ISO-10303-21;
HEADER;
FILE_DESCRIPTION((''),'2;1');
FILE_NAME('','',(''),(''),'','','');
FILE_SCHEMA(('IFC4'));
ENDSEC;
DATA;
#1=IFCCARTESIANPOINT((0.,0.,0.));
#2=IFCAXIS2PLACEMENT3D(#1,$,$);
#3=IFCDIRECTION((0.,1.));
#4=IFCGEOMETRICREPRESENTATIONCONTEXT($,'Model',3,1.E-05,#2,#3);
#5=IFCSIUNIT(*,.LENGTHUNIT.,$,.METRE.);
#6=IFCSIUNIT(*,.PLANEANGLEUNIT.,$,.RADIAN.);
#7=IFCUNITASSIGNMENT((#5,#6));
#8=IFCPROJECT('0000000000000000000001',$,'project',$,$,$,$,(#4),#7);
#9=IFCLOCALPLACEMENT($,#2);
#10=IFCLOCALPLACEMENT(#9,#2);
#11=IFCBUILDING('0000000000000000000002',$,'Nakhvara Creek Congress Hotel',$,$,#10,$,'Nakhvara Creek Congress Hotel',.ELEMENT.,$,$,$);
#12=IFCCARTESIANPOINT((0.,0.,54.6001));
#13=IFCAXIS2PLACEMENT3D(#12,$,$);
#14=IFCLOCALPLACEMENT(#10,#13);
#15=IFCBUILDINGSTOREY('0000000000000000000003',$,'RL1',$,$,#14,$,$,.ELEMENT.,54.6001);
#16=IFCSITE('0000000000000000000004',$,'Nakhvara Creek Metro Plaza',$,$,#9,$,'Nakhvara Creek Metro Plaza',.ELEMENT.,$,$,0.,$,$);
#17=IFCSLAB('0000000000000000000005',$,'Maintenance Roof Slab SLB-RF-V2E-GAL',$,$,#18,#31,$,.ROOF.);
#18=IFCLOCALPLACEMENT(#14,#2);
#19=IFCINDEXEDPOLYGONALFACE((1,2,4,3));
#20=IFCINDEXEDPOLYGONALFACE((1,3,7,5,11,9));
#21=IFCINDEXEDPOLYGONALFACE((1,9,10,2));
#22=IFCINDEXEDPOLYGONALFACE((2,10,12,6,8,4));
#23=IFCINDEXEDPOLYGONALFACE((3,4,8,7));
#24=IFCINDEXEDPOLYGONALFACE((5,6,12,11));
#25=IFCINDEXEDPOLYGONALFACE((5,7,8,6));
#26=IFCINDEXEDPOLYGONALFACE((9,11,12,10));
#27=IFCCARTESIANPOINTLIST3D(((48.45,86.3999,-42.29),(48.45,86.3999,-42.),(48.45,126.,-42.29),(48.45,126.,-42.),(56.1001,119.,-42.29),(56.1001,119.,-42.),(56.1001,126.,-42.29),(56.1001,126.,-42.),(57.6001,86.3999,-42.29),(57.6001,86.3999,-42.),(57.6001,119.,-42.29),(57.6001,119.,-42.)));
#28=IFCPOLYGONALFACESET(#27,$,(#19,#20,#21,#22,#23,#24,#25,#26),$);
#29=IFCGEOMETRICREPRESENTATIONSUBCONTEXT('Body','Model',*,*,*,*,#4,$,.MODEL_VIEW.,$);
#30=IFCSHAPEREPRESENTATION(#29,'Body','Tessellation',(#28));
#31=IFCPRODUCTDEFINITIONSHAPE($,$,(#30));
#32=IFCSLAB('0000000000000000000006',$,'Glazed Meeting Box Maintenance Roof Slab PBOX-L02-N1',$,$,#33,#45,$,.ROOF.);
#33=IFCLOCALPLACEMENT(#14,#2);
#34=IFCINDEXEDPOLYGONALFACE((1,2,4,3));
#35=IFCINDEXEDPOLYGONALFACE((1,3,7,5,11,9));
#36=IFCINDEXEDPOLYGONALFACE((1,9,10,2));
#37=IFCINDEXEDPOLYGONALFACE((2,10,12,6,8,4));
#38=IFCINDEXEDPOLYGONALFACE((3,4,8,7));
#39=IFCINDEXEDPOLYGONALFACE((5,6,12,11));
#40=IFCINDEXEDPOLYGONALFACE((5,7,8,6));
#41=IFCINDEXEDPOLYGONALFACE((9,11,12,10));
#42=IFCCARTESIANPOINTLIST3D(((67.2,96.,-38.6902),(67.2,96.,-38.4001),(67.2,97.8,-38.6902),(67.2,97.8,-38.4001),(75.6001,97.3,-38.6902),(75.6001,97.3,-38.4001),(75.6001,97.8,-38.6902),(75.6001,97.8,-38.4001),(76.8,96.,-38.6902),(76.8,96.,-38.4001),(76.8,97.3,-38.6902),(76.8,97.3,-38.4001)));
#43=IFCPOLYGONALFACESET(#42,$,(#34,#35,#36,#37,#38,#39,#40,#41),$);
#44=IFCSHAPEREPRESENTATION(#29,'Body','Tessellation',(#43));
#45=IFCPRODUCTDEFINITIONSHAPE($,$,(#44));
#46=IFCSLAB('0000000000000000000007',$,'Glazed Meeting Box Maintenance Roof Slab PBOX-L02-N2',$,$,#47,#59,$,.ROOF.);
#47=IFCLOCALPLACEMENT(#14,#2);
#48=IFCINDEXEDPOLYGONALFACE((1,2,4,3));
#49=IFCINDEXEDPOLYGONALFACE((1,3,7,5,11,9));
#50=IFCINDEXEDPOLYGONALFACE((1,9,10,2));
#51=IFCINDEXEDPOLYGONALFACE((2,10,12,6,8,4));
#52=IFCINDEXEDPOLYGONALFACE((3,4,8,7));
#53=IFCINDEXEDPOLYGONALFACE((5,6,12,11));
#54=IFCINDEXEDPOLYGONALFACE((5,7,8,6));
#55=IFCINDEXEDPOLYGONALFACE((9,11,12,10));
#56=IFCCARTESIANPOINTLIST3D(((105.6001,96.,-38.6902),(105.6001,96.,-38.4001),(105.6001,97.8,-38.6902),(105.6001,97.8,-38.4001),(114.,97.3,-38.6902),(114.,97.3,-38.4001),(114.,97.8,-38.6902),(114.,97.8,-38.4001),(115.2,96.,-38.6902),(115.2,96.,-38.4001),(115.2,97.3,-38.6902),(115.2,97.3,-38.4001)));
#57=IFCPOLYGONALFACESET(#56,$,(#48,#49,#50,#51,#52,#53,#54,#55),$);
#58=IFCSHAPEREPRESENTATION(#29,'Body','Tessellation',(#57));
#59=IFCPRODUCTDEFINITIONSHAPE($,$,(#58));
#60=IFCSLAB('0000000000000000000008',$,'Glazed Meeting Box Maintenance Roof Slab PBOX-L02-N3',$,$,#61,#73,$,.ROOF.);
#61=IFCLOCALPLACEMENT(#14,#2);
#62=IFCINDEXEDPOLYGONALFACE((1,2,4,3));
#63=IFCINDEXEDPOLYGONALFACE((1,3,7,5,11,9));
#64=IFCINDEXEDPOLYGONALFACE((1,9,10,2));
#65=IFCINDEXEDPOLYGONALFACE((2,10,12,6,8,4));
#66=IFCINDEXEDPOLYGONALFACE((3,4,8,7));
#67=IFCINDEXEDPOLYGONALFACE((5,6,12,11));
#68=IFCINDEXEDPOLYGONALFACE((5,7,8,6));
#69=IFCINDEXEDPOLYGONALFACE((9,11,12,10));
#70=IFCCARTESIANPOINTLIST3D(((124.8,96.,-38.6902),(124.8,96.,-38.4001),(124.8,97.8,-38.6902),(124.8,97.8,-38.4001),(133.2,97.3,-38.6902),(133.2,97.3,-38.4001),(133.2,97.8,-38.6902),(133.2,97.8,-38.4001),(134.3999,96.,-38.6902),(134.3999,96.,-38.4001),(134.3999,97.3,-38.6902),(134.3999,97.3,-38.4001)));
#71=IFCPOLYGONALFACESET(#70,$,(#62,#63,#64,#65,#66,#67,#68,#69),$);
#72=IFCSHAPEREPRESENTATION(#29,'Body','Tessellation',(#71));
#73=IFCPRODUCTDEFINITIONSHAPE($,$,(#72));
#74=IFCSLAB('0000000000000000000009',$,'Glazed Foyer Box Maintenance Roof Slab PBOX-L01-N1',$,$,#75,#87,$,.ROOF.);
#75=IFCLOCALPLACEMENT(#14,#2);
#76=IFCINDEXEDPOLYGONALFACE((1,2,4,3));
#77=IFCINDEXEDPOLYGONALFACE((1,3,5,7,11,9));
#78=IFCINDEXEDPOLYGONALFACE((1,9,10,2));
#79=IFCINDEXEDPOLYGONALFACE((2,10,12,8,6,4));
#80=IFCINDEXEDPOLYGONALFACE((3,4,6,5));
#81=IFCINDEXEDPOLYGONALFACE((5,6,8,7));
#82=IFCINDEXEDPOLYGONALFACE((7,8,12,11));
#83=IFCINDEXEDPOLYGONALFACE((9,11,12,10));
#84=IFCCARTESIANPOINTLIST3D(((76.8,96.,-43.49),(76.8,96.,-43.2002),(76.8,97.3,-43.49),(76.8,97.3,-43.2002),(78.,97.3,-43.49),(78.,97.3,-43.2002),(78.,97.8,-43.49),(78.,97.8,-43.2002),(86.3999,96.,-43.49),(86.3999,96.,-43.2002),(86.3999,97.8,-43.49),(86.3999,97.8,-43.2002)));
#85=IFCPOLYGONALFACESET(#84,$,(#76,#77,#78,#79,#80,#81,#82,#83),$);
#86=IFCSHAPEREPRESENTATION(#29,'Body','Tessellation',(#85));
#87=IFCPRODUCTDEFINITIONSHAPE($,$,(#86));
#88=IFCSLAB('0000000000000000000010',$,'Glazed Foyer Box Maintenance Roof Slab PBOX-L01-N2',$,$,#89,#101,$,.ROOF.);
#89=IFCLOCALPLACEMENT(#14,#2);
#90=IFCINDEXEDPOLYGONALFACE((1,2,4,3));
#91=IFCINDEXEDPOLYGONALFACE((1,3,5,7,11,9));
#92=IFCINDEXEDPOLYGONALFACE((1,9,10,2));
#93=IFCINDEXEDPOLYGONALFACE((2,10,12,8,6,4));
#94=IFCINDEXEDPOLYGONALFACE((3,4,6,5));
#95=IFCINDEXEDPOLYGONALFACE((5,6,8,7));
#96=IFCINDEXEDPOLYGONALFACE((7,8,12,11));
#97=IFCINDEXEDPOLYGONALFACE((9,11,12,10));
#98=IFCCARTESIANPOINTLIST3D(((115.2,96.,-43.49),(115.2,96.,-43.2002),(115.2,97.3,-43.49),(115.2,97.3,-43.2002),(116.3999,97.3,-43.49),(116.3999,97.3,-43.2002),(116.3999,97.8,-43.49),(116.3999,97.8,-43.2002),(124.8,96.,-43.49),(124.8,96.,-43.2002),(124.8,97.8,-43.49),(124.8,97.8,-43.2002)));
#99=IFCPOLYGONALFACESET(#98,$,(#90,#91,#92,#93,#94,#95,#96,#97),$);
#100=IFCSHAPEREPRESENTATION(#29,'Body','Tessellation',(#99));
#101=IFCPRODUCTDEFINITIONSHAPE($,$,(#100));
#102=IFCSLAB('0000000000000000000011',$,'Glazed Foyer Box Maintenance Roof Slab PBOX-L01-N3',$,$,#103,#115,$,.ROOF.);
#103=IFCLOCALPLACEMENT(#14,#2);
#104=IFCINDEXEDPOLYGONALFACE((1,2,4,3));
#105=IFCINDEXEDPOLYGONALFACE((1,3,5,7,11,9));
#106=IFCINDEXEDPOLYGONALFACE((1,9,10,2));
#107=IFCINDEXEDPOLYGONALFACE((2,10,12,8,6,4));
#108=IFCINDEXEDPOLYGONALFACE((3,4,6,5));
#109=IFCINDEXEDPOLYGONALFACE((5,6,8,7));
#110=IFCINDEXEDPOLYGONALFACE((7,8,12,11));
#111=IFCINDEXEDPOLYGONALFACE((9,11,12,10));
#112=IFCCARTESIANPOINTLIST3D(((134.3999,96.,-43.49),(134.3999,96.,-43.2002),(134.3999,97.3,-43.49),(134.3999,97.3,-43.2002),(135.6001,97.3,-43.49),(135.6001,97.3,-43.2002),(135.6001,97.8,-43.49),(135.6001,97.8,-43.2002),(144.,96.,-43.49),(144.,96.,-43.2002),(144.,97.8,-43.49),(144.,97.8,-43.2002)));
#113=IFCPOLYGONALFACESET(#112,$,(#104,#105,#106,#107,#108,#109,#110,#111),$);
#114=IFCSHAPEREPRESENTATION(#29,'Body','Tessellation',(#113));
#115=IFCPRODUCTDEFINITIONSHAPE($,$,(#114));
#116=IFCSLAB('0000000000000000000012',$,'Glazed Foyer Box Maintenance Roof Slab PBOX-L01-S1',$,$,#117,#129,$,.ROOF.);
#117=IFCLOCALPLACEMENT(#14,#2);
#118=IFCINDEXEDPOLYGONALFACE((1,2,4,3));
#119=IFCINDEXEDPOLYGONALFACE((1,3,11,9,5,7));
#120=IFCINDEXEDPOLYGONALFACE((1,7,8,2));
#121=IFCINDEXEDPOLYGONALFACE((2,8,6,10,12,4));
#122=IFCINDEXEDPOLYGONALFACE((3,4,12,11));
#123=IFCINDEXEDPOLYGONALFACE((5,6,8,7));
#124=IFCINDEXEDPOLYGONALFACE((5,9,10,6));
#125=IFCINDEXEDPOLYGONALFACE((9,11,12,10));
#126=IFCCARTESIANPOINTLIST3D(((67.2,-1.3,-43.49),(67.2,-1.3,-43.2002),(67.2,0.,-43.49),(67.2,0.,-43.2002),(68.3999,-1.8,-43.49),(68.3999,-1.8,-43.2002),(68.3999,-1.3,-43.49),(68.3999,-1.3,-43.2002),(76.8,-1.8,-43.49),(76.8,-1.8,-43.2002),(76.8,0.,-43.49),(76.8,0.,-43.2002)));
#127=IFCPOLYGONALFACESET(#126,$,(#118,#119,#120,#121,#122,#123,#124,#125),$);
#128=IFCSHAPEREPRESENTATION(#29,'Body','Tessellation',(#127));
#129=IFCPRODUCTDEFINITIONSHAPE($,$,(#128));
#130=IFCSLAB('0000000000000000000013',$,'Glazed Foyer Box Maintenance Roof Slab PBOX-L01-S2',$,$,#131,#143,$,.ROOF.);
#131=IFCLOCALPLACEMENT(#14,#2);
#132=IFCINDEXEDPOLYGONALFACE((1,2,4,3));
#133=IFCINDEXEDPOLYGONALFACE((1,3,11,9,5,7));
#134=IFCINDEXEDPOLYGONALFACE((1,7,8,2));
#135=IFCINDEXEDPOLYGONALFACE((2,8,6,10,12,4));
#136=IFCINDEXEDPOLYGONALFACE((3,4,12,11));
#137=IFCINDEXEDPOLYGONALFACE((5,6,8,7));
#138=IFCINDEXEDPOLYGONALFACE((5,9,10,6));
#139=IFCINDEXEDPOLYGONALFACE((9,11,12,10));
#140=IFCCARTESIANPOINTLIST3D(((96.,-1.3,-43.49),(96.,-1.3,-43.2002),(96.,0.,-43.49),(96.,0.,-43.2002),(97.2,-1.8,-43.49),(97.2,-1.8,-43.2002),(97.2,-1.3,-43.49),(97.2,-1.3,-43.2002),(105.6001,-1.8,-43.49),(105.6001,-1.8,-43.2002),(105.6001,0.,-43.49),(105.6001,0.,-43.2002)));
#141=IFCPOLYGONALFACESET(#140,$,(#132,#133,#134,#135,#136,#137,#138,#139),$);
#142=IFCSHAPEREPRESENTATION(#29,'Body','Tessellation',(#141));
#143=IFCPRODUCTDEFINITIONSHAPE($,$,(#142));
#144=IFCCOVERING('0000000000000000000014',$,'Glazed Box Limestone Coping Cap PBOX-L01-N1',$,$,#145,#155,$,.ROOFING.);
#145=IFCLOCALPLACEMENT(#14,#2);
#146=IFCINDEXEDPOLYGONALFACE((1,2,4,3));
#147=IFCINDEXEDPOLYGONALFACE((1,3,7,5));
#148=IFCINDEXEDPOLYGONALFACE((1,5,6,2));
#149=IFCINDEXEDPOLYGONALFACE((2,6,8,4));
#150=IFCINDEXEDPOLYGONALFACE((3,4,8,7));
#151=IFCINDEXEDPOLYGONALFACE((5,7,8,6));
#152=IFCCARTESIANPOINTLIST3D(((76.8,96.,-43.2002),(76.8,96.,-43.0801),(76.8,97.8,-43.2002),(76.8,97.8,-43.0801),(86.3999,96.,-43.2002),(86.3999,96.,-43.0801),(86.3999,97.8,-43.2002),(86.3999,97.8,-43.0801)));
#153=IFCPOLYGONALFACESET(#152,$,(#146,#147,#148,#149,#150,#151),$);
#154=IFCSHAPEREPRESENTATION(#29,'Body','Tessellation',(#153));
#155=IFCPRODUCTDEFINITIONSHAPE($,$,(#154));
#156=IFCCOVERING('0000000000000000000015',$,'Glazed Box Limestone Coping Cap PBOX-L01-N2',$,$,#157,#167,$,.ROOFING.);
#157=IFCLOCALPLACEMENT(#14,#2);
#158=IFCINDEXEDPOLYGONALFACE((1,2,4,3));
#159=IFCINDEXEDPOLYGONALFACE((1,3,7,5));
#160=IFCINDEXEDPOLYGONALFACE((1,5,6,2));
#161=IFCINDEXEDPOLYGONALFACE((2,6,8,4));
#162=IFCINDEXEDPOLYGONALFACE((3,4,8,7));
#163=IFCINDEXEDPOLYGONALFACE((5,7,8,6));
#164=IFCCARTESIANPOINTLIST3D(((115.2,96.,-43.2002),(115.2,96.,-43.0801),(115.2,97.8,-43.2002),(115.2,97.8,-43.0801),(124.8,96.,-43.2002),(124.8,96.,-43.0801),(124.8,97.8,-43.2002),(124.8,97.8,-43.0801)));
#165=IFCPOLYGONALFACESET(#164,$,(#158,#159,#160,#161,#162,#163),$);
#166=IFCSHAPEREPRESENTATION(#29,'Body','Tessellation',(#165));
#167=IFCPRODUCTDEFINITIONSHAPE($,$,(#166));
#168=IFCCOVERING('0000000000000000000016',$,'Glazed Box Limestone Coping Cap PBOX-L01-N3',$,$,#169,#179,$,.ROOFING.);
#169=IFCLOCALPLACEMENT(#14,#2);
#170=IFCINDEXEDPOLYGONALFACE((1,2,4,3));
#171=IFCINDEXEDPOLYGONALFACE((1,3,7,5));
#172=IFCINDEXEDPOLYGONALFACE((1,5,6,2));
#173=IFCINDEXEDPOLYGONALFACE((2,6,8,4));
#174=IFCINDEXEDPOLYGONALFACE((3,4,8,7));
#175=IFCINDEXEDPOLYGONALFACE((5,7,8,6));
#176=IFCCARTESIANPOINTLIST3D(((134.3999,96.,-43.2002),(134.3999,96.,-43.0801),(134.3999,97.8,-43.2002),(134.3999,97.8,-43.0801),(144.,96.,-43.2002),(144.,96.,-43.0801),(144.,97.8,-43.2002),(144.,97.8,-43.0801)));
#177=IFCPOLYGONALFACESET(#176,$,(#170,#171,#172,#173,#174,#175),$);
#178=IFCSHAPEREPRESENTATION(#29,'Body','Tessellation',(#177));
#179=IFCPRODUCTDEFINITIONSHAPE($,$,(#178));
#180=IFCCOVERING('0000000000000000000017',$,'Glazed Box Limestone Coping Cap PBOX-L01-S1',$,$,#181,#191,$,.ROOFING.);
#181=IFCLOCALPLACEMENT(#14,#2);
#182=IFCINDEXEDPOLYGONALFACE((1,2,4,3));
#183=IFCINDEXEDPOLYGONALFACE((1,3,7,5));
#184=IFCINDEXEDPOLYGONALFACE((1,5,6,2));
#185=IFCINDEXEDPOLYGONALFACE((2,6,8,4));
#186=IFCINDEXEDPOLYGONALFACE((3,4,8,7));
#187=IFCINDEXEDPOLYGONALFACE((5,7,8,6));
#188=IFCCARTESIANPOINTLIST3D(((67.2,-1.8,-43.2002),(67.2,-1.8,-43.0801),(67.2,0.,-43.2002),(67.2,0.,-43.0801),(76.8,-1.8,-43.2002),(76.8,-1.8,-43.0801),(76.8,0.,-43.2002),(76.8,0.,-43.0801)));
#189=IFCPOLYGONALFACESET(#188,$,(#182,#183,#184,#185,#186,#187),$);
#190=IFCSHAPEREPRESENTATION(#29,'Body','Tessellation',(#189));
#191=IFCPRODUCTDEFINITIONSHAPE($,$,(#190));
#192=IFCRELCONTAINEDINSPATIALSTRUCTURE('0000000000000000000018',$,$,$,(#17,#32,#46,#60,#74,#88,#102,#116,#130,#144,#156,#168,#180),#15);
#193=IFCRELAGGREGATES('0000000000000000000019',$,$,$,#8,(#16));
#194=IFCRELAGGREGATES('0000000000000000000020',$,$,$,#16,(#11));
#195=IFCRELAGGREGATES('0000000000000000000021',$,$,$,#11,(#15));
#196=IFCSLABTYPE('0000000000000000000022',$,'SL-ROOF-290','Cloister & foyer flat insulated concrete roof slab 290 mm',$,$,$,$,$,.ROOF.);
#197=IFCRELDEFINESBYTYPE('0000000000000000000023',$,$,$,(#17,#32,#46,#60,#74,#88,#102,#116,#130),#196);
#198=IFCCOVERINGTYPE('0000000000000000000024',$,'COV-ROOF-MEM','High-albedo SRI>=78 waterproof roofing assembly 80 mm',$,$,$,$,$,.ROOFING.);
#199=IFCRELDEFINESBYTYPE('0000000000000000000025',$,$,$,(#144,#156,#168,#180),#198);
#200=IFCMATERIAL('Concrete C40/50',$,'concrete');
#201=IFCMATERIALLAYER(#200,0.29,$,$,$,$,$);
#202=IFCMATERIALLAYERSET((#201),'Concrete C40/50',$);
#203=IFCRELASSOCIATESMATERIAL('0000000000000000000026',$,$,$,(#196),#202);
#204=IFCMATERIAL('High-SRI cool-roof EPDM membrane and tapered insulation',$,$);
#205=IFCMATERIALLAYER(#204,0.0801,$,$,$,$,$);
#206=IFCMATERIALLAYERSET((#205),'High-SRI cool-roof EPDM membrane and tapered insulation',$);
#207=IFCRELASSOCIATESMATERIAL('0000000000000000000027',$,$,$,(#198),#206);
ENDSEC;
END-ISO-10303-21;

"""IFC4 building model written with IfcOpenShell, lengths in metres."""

from ifc_helpers import new_model, si_unit, direction, frame, origin, place, context, subcontext, project, spatial, polyline, outline, extrude, material, layer, layer_set, type_object, element, save


model = new_model("IFC4")

# Units and contexts
model_context = context("Model", 3, precision=1e-05, world=origin(), true_north=direction((0.0, 1.0)))
body_context = subcontext(model_context, "Body", "Model", "MODEL_VIEW")
ifc_project = project(units=[si_unit("LENGTHUNIT", "METRE"), si_unit("PLANEANGLEUNIT", "RADIAN")], contexts=[model_context])

# Site, building, storey
site_placement = place(None, origin())
site = spatial("IfcSite", under=ifc_project, at=site_placement, Name="Nakhvara Creek Metro Plaza", LongName="Nakhvara Creek Metro Plaza", CompositionType="ELEMENT", RefElevation=0.0)
building_placement = place(site_placement, origin())
building = spatial("IfcBuilding", under=site, at=building_placement, Name="Nakhvara Creek Congress Hotel", LongName="Nakhvara Creek Congress Hotel", CompositionType="ELEMENT")
storey_placement = place(building_placement, frame((0.0, 0.0, 54.6001)))
storey = spatial("IfcBuildingStorey", under=building, at=storey_placement, Name="RL1", CompositionType="ELEMENT", Elevation=54.6001)

# Slabs
ifc_material_1 = material(Name="Concrete C40/50", Category="concrete")
ifc_layer_1 = layer(ifc_material_1, 0.29)
ifc_layer_set_1 = layer_set([ifc_layer_1], Name="Concrete C40/50")
slab_type = type_object("IfcSlabType", Name="SL-ROOF-290", Description="Cloister & foyer flat insulated concrete roof slab 290 mm", PredefinedType="ROOF", material=ifc_layer_set_1)
slab_1_placement = place(storey_placement, frame((0.0, 0.0, -42.29)))
element("IfcSlab", 1, at=slab_1_placement, inside=storey, type_object=slab_type, Name="Maintenance Roof Slab SLB-RF-V2E-GAL", PredefinedType="ROOF", context=body_context, shape_type="SweptSolid", body=[
    extrude(outline(polyline([(48.45, 86.3999), (57.6001, 86.3999), (57.6001, 119.0), (56.1001, 119.0), (56.1001, 126.0), (48.45, 126.0), (48.45, 86.3999)])), origin(), (0.0, 0.0, 1.0), 0.29),
])
slab_2_placement = place(storey_placement, frame((0.0, 0.0, -38.6902)))
element("IfcSlab", 2, at=slab_2_placement, inside=storey, type_object=slab_type, Name="Glazed Meeting Box Maintenance Roof Slab PBOX-L02-N1", PredefinedType="ROOF", context=body_context, shape_type="SweptSolid", body=[
    extrude(outline(polyline([(67.2, 96.0), (76.8, 96.0), (76.8, 97.3), (75.6001, 97.3), (75.6001, 97.8), (67.2, 97.8), (67.2, 96.0)])), origin(), (0.0, 0.0, 1.0), 0.29),
])
slab_3_placement = place(storey_placement, frame((0.0, 0.0, -38.6902)))
element("IfcSlab", 3, at=slab_3_placement, inside=storey, type_object=slab_type, Name="Glazed Meeting Box Maintenance Roof Slab PBOX-L02-N2", PredefinedType="ROOF", context=body_context, shape_type="SweptSolid", body=[
    extrude(outline(polyline([(105.6001, 96.0), (115.2, 96.0), (115.2, 97.3), (114.0, 97.3), (114.0, 97.8), (105.6001, 97.8), (105.6001, 96.0)])), origin(), (0.0, 0.0, 1.0), 0.29),
])
slab_4_placement = place(storey_placement, frame((0.0, 0.0, -38.6902)))
element("IfcSlab", 4, at=slab_4_placement, inside=storey, type_object=slab_type, Name="Glazed Meeting Box Maintenance Roof Slab PBOX-L02-N3", PredefinedType="ROOF", context=body_context, shape_type="SweptSolid", body=[
    extrude(outline(polyline([(124.8, 96.0), (134.3999, 96.0), (134.3999, 97.3), (133.2, 97.3), (133.2, 97.8), (124.8, 97.8), (124.8, 96.0)])), origin(), (0.0, 0.0, 1.0), 0.29),
])
slab_5_placement = place(storey_placement, frame((0.0, 0.0, -43.49)))
element("IfcSlab", 5, at=slab_5_placement, inside=storey, type_object=slab_type, Name="Glazed Foyer Box Maintenance Roof Slab PBOX-L01-N1", PredefinedType="ROOF", context=body_context, shape_type="SweptSolid", body=[
    extrude(outline(polyline([(76.8, 96.0), (86.3999, 96.0), (86.3999, 97.8), (78.0, 97.8), (78.0, 97.3), (76.8, 97.3), (76.8, 96.0)])), origin(), (0.0, 0.0, 1.0), 0.2898),
])
slab_6_placement = place(storey_placement, frame((0.0, 0.0, -43.49)))
element("IfcSlab", 6, at=slab_6_placement, inside=storey, type_object=slab_type, Name="Glazed Foyer Box Maintenance Roof Slab PBOX-L01-N2", PredefinedType="ROOF", context=body_context, shape_type="SweptSolid", body=[
    extrude(outline(polyline([(115.2, 96.0), (124.8, 96.0), (124.8, 97.8), (116.3999, 97.8), (116.3999, 97.3), (115.2, 97.3), (115.2, 96.0)])), origin(), (0.0, 0.0, 1.0), 0.2898),
])
slab_7_placement = place(storey_placement, frame((0.0, 0.0, -43.49)))
element("IfcSlab", 7, at=slab_7_placement, inside=storey, type_object=slab_type, Name="Glazed Foyer Box Maintenance Roof Slab PBOX-L01-N3", PredefinedType="ROOF", context=body_context, shape_type="SweptSolid", body=[
    extrude(outline(polyline([(134.3999, 96.0), (144.0, 96.0), (144.0, 97.8), (135.6001, 97.8), (135.6001, 97.3), (134.3999, 97.3), (134.3999, 96.0)])), origin(), (0.0, 0.0, 1.0), 0.2898),
])
slab_8_placement = place(storey_placement, frame((0.0, 0.0, -43.49)))
element("IfcSlab", 8, at=slab_8_placement, inside=storey, type_object=slab_type, Name="Glazed Foyer Box Maintenance Roof Slab PBOX-L01-S1", PredefinedType="ROOF", context=body_context, shape_type="SweptSolid", body=[
    extrude(outline(polyline([(68.3999, -1.8), (76.8, -1.8), (76.8, 0.0), (67.2, 0.0), (67.2, -1.3), (68.3999, -1.3), (68.3999, -1.8)])), origin(), (0.0, 0.0, 1.0), 0.2898),
])
slab_9_placement = place(storey_placement, frame((0.0, 0.0, -43.49)))
element("IfcSlab", 9, at=slab_9_placement, inside=storey, type_object=slab_type, Name="Glazed Foyer Box Maintenance Roof Slab PBOX-L01-S2", PredefinedType="ROOF", context=body_context, shape_type="SweptSolid", body=[
    extrude(outline(polyline([(97.2, -1.8), (105.6001, -1.8), (105.6001, 0.0), (96.0, 0.0), (96.0, -1.3), (97.2, -1.3), (97.2, -1.8)])), origin(), (0.0, 0.0, 1.0), 0.2898),
])

# Coverings
ifc_material_2 = material(Name="High-SRI cool-roof EPDM membrane and tapered insulation")
ifc_layer_2 = layer(ifc_material_2, 0.0801)
ifc_layer_set_2 = layer_set([ifc_layer_2], Name="High-SRI cool-roof EPDM membrane and tapered insulation")
covering_type = type_object("IfcCoveringType", Name="COV-ROOF-MEM", Description="High-albedo SRI>=78 waterproof roofing assembly 80 mm", PredefinedType="ROOFING", material=ifc_layer_set_2)
covering_1_placement = place(storey_placement, frame((0.0, 0.0, -43.2002)))
element("IfcCovering", 10, at=covering_1_placement, inside=storey, type_object=covering_type, Name="Glazed Box Limestone Coping Cap PBOX-L01-N1", PredefinedType="ROOFING", context=body_context, shape_type="SweptSolid", body=[
    extrude(outline(polyline([(76.8, 96.0), (86.3999, 96.0), (86.3999, 97.8), (76.8, 97.8), (76.8, 96.0)])), origin(), (0.0, 0.0, 1.0), 0.1201),
])
covering_2_placement = place(storey_placement, frame((0.0, 0.0, -43.2002)))
element("IfcCovering", 11, at=covering_2_placement, inside=storey, type_object=covering_type, Name="Glazed Box Limestone Coping Cap PBOX-L01-N2", PredefinedType="ROOFING", context=body_context, shape_type="SweptSolid", body=[
    extrude(outline(polyline([(115.2, 96.0), (124.8, 96.0), (124.8, 97.8), (115.2, 97.8), (115.2, 96.0)])), origin(), (0.0, 0.0, 1.0), 0.1201),
])
covering_3_placement = place(storey_placement, frame((0.0, 0.0, -43.2002)))
element("IfcCovering", 12, at=covering_3_placement, inside=storey, type_object=covering_type, Name="Glazed Box Limestone Coping Cap PBOX-L01-N3", PredefinedType="ROOFING", context=body_context, shape_type="SweptSolid", body=[
    extrude(outline(polyline([(134.3999, 96.0), (144.0, 96.0), (144.0, 97.8), (134.3999, 97.8), (134.3999, 96.0)])), origin(), (0.0, 0.0, 1.0), 0.1201),
])
covering_4_placement = place(storey_placement, frame((0.0, 0.0, -43.2002)))
element("IfcCovering", 13, at=covering_4_placement, inside=storey, type_object=covering_type, Name="Glazed Box Limestone Coping Cap PBOX-L01-S1", PredefinedType="ROOFING", context=body_context, shape_type="SweptSolid", body=[
    extrude(outline(polyline([(67.2, -1.8), (76.8, -1.8), (76.8, 0.0), (67.2, 0.0), (67.2, -1.8)])), origin(), (0.0, 0.0, 1.0), 0.1201),
])

save(model, "model.ifc")
